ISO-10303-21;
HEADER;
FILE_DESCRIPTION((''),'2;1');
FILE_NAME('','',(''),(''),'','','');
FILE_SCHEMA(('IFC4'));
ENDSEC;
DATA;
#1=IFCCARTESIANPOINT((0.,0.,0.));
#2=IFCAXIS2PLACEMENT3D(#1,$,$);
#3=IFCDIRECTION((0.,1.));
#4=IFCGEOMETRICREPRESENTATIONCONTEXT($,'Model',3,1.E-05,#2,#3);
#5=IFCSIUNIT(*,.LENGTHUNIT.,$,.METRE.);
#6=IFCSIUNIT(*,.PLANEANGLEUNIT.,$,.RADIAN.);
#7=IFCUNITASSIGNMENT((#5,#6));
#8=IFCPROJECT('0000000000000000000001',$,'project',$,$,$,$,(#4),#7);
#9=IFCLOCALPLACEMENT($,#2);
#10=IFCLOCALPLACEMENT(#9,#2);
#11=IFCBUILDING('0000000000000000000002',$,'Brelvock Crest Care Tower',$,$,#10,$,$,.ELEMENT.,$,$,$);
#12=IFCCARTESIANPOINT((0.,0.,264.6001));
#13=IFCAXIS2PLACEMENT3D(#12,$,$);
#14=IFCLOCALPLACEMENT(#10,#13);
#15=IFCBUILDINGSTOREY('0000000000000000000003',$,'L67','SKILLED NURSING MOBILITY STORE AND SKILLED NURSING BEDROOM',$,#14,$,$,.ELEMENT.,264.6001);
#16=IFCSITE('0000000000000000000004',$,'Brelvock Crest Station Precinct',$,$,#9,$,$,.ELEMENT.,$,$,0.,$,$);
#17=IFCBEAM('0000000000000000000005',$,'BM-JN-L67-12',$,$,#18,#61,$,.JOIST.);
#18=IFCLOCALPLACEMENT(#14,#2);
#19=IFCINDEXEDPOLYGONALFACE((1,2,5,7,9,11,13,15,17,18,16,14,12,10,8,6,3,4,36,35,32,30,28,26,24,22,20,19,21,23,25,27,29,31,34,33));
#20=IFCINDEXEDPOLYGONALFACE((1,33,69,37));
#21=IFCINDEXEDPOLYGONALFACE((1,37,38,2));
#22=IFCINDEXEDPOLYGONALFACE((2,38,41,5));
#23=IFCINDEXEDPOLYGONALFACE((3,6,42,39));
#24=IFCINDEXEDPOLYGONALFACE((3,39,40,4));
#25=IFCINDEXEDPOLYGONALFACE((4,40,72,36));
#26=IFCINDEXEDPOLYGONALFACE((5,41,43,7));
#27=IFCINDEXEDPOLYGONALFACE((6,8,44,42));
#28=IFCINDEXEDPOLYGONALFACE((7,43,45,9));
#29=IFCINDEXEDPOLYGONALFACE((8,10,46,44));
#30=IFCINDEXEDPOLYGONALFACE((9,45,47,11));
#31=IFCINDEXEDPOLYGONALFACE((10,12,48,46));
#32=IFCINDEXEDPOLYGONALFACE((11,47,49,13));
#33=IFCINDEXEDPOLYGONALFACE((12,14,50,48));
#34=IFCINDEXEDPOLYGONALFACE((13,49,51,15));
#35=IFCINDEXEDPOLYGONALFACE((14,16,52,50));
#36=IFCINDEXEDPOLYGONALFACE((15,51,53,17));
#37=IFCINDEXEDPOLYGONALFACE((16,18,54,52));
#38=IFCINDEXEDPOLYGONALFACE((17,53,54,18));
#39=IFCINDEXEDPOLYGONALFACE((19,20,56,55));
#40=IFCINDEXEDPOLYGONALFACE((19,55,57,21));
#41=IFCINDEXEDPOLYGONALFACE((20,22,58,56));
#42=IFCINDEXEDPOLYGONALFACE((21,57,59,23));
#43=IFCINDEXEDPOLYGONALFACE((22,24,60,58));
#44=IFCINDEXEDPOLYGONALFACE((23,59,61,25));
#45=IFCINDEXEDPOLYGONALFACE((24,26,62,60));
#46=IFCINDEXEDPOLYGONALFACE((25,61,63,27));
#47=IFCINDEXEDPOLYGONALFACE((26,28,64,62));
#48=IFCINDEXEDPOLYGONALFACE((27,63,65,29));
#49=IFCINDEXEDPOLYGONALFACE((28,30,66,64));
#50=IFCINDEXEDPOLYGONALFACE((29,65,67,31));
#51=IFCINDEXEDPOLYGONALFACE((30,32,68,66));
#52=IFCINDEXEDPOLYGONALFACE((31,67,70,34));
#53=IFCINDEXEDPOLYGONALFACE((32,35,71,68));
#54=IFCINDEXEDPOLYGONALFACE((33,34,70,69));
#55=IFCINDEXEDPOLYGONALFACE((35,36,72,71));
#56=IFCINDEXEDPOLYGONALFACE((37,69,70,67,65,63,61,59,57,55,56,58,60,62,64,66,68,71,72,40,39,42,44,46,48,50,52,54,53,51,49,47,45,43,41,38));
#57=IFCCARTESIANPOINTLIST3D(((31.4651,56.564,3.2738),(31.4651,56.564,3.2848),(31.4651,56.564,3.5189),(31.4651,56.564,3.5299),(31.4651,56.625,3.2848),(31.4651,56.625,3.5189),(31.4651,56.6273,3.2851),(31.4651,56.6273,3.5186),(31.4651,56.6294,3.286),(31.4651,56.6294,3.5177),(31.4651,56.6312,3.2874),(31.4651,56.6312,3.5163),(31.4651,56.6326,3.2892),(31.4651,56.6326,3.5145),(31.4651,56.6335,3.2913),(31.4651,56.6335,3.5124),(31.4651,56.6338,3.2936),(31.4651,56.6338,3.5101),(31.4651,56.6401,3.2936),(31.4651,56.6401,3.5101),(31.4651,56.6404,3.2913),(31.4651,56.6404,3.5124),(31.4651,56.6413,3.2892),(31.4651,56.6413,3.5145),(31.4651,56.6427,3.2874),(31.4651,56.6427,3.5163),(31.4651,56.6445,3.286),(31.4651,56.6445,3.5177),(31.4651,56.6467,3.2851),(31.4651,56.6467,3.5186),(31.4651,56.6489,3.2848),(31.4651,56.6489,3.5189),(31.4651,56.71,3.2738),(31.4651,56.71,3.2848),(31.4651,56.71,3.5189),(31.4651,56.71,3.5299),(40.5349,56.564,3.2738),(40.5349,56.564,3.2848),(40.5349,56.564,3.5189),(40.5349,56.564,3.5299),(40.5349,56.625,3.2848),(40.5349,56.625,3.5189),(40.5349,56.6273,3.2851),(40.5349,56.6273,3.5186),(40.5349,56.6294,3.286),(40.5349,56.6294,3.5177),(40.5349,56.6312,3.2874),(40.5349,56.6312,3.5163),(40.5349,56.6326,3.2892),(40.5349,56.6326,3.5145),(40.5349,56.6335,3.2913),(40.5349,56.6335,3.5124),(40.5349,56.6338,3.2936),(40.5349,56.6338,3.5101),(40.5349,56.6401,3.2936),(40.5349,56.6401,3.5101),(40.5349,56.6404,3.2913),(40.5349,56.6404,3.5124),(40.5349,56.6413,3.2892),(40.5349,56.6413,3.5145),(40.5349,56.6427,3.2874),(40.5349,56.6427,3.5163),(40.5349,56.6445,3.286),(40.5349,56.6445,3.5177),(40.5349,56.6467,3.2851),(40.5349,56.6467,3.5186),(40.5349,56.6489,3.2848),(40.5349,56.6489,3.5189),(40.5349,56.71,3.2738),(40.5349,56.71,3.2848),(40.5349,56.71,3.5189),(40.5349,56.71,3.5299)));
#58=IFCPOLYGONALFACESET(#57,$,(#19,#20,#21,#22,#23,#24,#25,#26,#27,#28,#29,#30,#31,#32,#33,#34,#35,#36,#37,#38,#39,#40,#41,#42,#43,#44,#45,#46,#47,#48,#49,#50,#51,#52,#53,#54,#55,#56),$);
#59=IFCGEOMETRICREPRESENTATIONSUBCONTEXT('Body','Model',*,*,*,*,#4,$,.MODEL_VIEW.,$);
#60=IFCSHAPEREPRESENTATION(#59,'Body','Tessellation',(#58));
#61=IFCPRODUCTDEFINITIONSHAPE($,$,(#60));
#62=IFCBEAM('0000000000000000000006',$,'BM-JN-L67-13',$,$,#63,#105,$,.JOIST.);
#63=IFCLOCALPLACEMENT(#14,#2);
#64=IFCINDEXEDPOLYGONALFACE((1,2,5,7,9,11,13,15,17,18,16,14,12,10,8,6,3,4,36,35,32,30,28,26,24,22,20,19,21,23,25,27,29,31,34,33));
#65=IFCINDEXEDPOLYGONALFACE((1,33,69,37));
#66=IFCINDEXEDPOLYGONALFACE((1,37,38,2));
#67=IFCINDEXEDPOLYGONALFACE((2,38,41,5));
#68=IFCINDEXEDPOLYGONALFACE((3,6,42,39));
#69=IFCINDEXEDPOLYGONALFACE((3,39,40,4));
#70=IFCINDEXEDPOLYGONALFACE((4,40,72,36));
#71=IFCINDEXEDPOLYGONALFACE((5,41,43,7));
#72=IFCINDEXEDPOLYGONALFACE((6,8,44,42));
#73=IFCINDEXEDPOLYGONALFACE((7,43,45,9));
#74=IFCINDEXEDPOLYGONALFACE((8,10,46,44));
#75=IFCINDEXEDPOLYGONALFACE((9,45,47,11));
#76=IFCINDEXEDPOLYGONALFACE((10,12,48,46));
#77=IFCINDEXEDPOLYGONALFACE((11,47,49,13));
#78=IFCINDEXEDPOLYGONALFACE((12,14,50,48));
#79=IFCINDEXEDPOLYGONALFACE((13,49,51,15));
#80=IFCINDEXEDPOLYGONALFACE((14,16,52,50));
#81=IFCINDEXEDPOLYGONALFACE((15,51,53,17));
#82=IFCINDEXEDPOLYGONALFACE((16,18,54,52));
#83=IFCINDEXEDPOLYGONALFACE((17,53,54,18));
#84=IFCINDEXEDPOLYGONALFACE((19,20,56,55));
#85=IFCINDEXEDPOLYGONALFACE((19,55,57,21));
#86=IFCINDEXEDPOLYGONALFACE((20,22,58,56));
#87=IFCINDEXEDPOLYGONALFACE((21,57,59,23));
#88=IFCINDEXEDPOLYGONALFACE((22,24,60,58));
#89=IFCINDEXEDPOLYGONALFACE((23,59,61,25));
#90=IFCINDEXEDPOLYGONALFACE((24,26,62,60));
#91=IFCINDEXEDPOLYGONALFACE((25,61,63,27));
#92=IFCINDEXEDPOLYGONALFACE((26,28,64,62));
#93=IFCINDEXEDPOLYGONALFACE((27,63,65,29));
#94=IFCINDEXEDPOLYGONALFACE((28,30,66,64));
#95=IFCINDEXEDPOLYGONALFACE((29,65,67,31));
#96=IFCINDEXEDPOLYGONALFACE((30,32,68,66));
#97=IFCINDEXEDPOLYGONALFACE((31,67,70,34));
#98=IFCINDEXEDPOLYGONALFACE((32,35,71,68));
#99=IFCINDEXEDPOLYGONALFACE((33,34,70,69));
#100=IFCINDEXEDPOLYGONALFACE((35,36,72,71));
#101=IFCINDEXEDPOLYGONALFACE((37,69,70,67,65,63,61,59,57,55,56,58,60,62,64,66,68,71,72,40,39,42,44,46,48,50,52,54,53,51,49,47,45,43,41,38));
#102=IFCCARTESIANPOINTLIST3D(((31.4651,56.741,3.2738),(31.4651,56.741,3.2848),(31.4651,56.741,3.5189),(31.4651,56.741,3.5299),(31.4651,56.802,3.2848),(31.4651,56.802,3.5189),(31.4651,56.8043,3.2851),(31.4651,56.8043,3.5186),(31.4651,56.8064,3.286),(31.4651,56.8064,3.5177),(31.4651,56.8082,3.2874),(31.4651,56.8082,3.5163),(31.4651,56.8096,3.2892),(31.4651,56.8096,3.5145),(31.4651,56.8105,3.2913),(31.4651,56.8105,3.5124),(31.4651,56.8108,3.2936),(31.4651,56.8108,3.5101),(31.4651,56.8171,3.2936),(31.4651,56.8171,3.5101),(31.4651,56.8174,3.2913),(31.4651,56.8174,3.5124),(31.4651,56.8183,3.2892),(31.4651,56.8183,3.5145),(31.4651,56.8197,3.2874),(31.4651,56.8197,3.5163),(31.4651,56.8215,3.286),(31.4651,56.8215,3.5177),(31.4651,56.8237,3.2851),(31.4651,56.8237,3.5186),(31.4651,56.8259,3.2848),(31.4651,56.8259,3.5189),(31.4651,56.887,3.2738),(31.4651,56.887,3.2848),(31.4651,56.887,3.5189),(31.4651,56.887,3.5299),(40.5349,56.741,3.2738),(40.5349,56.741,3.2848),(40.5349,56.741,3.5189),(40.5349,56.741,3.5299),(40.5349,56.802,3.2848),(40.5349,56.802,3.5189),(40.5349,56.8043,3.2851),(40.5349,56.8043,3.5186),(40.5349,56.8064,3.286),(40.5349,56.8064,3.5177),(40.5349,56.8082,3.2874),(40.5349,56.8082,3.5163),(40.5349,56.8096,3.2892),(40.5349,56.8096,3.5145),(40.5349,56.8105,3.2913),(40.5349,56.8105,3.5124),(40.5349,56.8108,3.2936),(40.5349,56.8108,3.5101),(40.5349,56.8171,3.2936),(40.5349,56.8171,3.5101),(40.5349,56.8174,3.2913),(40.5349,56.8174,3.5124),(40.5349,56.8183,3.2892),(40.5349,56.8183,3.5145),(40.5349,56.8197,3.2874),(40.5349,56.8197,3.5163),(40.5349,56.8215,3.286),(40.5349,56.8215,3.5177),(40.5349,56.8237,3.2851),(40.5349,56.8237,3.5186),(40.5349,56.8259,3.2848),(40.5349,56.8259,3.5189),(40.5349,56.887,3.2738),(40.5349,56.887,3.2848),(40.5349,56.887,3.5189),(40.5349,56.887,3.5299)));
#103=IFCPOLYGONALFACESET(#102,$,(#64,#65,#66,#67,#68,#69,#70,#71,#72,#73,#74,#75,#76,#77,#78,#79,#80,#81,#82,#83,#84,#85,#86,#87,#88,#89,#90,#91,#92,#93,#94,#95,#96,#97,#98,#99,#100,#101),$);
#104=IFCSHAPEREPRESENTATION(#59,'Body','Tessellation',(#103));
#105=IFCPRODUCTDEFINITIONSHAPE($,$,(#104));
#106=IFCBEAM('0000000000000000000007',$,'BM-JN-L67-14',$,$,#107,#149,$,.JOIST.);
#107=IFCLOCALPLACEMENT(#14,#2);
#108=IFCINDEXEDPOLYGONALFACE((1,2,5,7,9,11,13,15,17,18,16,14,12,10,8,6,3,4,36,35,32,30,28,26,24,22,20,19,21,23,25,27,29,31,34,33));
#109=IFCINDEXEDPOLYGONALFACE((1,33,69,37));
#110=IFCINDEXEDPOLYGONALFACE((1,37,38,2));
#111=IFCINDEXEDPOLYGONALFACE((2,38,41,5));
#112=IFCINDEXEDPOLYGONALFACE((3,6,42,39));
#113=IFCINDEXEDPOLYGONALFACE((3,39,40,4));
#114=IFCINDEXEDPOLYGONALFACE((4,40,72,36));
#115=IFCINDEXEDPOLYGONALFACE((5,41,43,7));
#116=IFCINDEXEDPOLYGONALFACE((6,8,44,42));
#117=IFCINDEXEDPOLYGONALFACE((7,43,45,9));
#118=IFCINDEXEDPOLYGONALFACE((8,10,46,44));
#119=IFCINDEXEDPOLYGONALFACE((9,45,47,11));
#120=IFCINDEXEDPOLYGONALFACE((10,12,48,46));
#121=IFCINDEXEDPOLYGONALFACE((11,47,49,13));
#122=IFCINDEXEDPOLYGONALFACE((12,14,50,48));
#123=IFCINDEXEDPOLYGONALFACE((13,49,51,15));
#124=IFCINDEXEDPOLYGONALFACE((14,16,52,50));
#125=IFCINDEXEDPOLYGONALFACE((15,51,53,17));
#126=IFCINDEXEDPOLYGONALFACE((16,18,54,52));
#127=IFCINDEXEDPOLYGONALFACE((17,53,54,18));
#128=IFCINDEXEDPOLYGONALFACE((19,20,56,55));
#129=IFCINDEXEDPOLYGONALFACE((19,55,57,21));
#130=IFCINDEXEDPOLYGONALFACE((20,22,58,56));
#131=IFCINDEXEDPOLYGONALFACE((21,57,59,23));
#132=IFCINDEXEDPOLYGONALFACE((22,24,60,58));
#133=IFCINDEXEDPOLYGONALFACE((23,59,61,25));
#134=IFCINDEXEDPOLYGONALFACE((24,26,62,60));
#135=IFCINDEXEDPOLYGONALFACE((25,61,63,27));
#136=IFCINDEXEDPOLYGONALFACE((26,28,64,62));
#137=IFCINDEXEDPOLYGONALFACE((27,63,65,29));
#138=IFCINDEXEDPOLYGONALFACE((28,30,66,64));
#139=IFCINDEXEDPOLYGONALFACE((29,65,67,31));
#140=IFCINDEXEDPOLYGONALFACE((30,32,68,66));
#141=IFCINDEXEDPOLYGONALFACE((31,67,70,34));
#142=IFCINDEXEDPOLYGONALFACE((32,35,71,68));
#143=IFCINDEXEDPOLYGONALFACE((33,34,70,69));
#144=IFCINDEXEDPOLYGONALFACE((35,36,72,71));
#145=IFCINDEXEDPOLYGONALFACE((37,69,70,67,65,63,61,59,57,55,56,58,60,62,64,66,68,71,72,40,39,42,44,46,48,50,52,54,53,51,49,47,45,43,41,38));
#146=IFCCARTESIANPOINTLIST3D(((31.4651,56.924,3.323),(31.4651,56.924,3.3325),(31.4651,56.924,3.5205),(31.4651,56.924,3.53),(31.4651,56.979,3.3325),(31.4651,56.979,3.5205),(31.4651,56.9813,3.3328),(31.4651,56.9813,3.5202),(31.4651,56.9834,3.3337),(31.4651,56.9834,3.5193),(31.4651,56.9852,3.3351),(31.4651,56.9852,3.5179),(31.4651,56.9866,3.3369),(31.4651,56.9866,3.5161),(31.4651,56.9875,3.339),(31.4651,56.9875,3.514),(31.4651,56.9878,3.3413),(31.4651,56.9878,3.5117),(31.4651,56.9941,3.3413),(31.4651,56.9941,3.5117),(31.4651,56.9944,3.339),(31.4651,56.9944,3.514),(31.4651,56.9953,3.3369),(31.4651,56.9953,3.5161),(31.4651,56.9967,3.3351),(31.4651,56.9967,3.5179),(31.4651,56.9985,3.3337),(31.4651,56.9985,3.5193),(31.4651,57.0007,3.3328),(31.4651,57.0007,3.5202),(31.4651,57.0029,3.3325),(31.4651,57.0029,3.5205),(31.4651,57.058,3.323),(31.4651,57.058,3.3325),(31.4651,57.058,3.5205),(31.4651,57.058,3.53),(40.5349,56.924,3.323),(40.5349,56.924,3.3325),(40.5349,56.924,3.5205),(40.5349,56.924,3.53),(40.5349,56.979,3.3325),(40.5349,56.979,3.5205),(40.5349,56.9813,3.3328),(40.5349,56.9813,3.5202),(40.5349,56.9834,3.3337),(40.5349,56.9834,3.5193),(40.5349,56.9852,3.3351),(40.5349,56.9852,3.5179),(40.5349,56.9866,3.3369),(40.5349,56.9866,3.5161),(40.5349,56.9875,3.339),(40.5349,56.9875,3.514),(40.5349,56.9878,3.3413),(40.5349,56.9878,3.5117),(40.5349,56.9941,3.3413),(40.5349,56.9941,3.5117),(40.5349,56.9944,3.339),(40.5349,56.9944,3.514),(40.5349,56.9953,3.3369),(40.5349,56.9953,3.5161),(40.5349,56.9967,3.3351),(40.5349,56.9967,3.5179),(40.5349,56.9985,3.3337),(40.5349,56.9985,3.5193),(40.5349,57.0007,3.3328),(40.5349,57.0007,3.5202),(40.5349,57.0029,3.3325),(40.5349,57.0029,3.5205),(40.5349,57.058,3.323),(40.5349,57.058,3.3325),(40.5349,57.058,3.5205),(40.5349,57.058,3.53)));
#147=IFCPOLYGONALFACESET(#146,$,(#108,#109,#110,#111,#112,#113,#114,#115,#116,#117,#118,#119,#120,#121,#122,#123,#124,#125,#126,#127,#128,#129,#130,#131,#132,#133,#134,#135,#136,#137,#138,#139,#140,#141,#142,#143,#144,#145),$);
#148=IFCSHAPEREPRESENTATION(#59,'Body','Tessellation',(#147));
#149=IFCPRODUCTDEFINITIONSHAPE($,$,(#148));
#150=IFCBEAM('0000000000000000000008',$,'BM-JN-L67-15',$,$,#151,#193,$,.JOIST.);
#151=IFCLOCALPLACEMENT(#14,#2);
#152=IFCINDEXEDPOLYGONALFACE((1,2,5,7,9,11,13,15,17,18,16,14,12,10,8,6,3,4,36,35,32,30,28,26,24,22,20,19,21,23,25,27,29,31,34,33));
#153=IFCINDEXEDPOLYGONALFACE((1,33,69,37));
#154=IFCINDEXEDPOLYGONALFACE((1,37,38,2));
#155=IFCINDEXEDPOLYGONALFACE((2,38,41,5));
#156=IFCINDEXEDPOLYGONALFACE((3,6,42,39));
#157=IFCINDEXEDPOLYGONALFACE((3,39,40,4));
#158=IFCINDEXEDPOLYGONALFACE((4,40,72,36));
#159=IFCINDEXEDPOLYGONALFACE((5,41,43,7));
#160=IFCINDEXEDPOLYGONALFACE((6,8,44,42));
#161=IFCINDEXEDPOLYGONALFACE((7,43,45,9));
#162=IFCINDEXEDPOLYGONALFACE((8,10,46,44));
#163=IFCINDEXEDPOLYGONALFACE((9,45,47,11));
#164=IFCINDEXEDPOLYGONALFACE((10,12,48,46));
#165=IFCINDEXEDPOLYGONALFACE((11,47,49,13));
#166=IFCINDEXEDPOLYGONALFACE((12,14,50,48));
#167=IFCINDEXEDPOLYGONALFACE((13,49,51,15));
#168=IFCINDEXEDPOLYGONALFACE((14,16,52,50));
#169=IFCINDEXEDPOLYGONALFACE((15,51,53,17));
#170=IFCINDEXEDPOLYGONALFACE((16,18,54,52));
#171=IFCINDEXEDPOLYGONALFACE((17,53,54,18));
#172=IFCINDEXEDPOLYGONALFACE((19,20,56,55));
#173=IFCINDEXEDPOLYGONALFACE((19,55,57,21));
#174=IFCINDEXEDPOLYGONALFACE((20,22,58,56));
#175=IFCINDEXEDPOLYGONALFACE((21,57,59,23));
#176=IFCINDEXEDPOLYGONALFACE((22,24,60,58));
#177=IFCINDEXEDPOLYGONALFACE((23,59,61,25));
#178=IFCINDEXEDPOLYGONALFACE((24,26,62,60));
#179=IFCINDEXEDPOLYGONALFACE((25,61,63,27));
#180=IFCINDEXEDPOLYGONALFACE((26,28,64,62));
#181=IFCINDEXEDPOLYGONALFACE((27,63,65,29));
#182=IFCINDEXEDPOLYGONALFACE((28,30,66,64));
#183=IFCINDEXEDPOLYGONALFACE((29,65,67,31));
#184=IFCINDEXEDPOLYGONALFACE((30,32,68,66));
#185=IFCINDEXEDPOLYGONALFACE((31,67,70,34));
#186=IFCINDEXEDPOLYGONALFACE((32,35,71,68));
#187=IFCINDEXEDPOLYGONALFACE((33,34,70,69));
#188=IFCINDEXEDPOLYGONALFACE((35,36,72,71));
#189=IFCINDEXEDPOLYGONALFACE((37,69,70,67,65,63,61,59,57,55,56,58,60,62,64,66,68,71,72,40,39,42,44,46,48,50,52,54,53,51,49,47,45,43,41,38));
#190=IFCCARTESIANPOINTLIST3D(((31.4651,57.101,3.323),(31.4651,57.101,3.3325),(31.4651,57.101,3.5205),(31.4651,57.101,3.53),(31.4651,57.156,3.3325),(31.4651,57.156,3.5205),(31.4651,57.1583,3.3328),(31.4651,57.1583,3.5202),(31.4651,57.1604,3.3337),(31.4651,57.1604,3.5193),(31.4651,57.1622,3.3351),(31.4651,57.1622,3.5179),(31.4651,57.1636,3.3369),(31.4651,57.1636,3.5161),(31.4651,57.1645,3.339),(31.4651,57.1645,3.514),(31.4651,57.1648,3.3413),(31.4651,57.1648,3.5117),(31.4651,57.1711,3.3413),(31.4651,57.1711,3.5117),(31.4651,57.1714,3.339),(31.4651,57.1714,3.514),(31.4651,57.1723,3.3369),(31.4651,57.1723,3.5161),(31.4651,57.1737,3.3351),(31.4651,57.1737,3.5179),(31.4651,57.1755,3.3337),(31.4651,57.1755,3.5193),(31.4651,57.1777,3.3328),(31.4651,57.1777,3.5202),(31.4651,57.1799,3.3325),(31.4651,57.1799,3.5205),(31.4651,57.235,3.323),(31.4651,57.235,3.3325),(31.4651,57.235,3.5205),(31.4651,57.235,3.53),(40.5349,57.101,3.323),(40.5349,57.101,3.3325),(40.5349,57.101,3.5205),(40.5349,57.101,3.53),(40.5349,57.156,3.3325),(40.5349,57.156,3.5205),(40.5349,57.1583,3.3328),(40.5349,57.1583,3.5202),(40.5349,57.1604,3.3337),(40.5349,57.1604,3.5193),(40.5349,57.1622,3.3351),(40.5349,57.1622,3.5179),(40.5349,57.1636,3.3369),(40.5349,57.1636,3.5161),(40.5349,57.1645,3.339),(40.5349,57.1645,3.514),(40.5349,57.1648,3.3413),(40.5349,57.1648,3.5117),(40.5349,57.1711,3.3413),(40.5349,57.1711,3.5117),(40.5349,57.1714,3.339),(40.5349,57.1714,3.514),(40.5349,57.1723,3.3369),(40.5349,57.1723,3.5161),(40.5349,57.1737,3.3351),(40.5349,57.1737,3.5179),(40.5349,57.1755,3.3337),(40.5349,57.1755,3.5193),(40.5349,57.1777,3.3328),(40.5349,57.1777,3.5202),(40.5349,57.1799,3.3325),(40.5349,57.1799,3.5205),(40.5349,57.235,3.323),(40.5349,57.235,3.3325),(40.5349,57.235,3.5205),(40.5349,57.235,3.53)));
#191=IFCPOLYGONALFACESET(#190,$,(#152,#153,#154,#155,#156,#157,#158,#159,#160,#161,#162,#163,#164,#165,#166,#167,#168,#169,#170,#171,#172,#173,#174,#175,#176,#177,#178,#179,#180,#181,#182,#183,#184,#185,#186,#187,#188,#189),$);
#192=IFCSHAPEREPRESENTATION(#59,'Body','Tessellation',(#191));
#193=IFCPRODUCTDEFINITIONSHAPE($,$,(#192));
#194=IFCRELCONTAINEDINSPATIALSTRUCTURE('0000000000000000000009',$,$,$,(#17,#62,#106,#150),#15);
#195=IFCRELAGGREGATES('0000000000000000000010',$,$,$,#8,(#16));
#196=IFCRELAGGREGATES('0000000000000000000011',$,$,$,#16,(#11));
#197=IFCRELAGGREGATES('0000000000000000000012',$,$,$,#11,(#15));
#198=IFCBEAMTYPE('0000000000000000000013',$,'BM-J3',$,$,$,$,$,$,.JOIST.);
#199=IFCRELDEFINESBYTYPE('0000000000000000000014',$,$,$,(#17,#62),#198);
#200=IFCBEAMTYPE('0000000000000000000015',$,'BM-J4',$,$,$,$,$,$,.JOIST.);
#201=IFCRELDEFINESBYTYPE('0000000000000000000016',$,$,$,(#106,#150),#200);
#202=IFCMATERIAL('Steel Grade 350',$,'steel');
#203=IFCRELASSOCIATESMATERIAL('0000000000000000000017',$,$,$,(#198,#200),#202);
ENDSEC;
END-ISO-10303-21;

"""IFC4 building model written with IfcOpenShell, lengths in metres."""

from ifc_helpers import new_model, si_unit, direction, frame, origin, origin_2d, place, context, subcontext, project, spatial, i_section, extrude, source, transform, mapped, material, material_profile, profile_set, type_object, element, save


model = new_model("IFC4")

# Units and contexts
model_context = context("Model", 3, precision=1e-05, world=origin(), true_north=direction((0.0, 1.0)))
body_context = subcontext(model_context, "Body", "Model", "MODEL_VIEW")
ifc_project = project(units=[si_unit("LENGTHUNIT", "METRE"), si_unit("PLANEANGLEUNIT", "RADIAN")], contexts=[model_context])

# Site, building, storey
site_placement = place(None, origin())
site = spatial("IfcSite", under=ifc_project, at=site_placement, Name="Brelvock Crest Station Precinct", CompositionType="ELEMENT", RefElevation=0.0)
building_placement = place(site_placement, origin())
building = spatial("IfcBuilding", under=site, at=building_placement, Name="Brelvock Crest Care Tower", CompositionType="ELEMENT")
storey_placement = place(building_placement, frame((0.0, 0.0, 264.6001)))
storey = spatial("IfcBuildingStorey", under=building, at=storey_placement, Name="L67", Description="SKILLED NURSING MOBILITY STORE AND SKILLED NURSING BEDROOM", CompositionType="ELEMENT", Elevation=264.6001)

# Shared definitions
ifc_material_1 = material(Name="Steel Grade 350", Category="steel")

# Beams
ifc_material_profile_1 = material_profile(ifc_material_1, i_section(OverallWidth=0.146, OverallDepth=0.2561, WebThickness=0.0063, FlangeThickness=0.011, FilletRadius=0.0088, at=origin_2d()), Name="250UB37.3")
ifc_profile_set_1 = profile_set([ifc_material_profile_1], Name="Steel Grade 350")
beam_type_1 = type_object("IfcBeamType", Name="BM-J3", PredefinedType="JOIST", material=ifc_profile_set_1)
shared_shape_1 = source(origin(), body_context, "Body", "SweptSolid", [
    extrude(i_section(OverallWidth=0.146, OverallDepth=0.2561, WebThickness=0.0063, FlangeThickness=0.011, FilletRadius=0.0088, at=origin_2d()), origin(), (0.0, 0.0, 1.0), 9.0698),
])
for number, where, z_axis, x_axis, name in (
    (1, (31.4651, 56.637, 3.4019), (1.0, 0.0, 0.0), (0.0, 1.0, 0.0), "BM-JN-L67-12"),
    (2, (31.4651, 56.814, 3.4019), (1.0, 0.0, 0.0), (0.0, 1.0, 0.0), "BM-JN-L67-13"),
):
    element("IfcBeam", number, at=place(storey_placement, frame(where, z_axis=z_axis, x_axis=x_axis)), inside=storey, type_object=beam_type_1, Name=name, PredefinedType="JOIST", context=body_context, shape_type="MappedRepresentation", body=[
        mapped(shared_shape_1, transform((0.0, 0.0, 0.0), x_axis=(1.0, 0.0, 0.0), y_axis=(0.0, 1.0, 0.0), z_axis=(0.0, 0.0, 1.0), scale=1.0)),
    ])
ifc_material_profile_2 = material_profile(ifc_material_1, i_section(OverallWidth=0.134, OverallDepth=0.207, WebThickness=0.0063, FlangeThickness=0.0095, FilletRadius=0.0088, at=origin_2d()), Name="200UB29.8")
ifc_profile_set_2 = profile_set([ifc_material_profile_2], Name="Steel Grade 350")
beam_type_2 = type_object("IfcBeamType", Name="BM-J4", PredefinedType="JOIST", material=ifc_profile_set_2)
shared_shape_2 = source(origin(), body_context, "Body", "SweptSolid", [
    extrude(i_section(OverallWidth=0.134, OverallDepth=0.207, WebThickness=0.0063, FlangeThickness=0.0095, FilletRadius=0.0088, at=origin_2d()), origin(), (0.0, 0.0, 1.0), 9.0698),
])
for number, where, z_axis, x_axis, name in (
    (3, (31.4651, 56.991, 3.4265), (1.0, 0.0, 0.0), (0.0, 1.0, 0.0), "BM-JN-L67-14"),
    (4, (31.4651, 57.168, 3.4265), (1.0, 0.0, 0.0), (0.0, 1.0, 0.0), "BM-JN-L67-15"),
):
    element("IfcBeam", number, at=place(storey_placement, frame(where, z_axis=z_axis, x_axis=x_axis)), inside=storey, type_object=beam_type_2, Name=name, PredefinedType="JOIST", context=body_context, shape_type="MappedRepresentation", body=[
        mapped(shared_shape_2, transform((0.0, 0.0, 0.0), x_axis=(1.0, 0.0, 0.0), y_axis=(0.0, 1.0, 0.0), z_axis=(0.0, 0.0, 1.0), scale=1.0)),
    ])

save(model, "model.ifc")
